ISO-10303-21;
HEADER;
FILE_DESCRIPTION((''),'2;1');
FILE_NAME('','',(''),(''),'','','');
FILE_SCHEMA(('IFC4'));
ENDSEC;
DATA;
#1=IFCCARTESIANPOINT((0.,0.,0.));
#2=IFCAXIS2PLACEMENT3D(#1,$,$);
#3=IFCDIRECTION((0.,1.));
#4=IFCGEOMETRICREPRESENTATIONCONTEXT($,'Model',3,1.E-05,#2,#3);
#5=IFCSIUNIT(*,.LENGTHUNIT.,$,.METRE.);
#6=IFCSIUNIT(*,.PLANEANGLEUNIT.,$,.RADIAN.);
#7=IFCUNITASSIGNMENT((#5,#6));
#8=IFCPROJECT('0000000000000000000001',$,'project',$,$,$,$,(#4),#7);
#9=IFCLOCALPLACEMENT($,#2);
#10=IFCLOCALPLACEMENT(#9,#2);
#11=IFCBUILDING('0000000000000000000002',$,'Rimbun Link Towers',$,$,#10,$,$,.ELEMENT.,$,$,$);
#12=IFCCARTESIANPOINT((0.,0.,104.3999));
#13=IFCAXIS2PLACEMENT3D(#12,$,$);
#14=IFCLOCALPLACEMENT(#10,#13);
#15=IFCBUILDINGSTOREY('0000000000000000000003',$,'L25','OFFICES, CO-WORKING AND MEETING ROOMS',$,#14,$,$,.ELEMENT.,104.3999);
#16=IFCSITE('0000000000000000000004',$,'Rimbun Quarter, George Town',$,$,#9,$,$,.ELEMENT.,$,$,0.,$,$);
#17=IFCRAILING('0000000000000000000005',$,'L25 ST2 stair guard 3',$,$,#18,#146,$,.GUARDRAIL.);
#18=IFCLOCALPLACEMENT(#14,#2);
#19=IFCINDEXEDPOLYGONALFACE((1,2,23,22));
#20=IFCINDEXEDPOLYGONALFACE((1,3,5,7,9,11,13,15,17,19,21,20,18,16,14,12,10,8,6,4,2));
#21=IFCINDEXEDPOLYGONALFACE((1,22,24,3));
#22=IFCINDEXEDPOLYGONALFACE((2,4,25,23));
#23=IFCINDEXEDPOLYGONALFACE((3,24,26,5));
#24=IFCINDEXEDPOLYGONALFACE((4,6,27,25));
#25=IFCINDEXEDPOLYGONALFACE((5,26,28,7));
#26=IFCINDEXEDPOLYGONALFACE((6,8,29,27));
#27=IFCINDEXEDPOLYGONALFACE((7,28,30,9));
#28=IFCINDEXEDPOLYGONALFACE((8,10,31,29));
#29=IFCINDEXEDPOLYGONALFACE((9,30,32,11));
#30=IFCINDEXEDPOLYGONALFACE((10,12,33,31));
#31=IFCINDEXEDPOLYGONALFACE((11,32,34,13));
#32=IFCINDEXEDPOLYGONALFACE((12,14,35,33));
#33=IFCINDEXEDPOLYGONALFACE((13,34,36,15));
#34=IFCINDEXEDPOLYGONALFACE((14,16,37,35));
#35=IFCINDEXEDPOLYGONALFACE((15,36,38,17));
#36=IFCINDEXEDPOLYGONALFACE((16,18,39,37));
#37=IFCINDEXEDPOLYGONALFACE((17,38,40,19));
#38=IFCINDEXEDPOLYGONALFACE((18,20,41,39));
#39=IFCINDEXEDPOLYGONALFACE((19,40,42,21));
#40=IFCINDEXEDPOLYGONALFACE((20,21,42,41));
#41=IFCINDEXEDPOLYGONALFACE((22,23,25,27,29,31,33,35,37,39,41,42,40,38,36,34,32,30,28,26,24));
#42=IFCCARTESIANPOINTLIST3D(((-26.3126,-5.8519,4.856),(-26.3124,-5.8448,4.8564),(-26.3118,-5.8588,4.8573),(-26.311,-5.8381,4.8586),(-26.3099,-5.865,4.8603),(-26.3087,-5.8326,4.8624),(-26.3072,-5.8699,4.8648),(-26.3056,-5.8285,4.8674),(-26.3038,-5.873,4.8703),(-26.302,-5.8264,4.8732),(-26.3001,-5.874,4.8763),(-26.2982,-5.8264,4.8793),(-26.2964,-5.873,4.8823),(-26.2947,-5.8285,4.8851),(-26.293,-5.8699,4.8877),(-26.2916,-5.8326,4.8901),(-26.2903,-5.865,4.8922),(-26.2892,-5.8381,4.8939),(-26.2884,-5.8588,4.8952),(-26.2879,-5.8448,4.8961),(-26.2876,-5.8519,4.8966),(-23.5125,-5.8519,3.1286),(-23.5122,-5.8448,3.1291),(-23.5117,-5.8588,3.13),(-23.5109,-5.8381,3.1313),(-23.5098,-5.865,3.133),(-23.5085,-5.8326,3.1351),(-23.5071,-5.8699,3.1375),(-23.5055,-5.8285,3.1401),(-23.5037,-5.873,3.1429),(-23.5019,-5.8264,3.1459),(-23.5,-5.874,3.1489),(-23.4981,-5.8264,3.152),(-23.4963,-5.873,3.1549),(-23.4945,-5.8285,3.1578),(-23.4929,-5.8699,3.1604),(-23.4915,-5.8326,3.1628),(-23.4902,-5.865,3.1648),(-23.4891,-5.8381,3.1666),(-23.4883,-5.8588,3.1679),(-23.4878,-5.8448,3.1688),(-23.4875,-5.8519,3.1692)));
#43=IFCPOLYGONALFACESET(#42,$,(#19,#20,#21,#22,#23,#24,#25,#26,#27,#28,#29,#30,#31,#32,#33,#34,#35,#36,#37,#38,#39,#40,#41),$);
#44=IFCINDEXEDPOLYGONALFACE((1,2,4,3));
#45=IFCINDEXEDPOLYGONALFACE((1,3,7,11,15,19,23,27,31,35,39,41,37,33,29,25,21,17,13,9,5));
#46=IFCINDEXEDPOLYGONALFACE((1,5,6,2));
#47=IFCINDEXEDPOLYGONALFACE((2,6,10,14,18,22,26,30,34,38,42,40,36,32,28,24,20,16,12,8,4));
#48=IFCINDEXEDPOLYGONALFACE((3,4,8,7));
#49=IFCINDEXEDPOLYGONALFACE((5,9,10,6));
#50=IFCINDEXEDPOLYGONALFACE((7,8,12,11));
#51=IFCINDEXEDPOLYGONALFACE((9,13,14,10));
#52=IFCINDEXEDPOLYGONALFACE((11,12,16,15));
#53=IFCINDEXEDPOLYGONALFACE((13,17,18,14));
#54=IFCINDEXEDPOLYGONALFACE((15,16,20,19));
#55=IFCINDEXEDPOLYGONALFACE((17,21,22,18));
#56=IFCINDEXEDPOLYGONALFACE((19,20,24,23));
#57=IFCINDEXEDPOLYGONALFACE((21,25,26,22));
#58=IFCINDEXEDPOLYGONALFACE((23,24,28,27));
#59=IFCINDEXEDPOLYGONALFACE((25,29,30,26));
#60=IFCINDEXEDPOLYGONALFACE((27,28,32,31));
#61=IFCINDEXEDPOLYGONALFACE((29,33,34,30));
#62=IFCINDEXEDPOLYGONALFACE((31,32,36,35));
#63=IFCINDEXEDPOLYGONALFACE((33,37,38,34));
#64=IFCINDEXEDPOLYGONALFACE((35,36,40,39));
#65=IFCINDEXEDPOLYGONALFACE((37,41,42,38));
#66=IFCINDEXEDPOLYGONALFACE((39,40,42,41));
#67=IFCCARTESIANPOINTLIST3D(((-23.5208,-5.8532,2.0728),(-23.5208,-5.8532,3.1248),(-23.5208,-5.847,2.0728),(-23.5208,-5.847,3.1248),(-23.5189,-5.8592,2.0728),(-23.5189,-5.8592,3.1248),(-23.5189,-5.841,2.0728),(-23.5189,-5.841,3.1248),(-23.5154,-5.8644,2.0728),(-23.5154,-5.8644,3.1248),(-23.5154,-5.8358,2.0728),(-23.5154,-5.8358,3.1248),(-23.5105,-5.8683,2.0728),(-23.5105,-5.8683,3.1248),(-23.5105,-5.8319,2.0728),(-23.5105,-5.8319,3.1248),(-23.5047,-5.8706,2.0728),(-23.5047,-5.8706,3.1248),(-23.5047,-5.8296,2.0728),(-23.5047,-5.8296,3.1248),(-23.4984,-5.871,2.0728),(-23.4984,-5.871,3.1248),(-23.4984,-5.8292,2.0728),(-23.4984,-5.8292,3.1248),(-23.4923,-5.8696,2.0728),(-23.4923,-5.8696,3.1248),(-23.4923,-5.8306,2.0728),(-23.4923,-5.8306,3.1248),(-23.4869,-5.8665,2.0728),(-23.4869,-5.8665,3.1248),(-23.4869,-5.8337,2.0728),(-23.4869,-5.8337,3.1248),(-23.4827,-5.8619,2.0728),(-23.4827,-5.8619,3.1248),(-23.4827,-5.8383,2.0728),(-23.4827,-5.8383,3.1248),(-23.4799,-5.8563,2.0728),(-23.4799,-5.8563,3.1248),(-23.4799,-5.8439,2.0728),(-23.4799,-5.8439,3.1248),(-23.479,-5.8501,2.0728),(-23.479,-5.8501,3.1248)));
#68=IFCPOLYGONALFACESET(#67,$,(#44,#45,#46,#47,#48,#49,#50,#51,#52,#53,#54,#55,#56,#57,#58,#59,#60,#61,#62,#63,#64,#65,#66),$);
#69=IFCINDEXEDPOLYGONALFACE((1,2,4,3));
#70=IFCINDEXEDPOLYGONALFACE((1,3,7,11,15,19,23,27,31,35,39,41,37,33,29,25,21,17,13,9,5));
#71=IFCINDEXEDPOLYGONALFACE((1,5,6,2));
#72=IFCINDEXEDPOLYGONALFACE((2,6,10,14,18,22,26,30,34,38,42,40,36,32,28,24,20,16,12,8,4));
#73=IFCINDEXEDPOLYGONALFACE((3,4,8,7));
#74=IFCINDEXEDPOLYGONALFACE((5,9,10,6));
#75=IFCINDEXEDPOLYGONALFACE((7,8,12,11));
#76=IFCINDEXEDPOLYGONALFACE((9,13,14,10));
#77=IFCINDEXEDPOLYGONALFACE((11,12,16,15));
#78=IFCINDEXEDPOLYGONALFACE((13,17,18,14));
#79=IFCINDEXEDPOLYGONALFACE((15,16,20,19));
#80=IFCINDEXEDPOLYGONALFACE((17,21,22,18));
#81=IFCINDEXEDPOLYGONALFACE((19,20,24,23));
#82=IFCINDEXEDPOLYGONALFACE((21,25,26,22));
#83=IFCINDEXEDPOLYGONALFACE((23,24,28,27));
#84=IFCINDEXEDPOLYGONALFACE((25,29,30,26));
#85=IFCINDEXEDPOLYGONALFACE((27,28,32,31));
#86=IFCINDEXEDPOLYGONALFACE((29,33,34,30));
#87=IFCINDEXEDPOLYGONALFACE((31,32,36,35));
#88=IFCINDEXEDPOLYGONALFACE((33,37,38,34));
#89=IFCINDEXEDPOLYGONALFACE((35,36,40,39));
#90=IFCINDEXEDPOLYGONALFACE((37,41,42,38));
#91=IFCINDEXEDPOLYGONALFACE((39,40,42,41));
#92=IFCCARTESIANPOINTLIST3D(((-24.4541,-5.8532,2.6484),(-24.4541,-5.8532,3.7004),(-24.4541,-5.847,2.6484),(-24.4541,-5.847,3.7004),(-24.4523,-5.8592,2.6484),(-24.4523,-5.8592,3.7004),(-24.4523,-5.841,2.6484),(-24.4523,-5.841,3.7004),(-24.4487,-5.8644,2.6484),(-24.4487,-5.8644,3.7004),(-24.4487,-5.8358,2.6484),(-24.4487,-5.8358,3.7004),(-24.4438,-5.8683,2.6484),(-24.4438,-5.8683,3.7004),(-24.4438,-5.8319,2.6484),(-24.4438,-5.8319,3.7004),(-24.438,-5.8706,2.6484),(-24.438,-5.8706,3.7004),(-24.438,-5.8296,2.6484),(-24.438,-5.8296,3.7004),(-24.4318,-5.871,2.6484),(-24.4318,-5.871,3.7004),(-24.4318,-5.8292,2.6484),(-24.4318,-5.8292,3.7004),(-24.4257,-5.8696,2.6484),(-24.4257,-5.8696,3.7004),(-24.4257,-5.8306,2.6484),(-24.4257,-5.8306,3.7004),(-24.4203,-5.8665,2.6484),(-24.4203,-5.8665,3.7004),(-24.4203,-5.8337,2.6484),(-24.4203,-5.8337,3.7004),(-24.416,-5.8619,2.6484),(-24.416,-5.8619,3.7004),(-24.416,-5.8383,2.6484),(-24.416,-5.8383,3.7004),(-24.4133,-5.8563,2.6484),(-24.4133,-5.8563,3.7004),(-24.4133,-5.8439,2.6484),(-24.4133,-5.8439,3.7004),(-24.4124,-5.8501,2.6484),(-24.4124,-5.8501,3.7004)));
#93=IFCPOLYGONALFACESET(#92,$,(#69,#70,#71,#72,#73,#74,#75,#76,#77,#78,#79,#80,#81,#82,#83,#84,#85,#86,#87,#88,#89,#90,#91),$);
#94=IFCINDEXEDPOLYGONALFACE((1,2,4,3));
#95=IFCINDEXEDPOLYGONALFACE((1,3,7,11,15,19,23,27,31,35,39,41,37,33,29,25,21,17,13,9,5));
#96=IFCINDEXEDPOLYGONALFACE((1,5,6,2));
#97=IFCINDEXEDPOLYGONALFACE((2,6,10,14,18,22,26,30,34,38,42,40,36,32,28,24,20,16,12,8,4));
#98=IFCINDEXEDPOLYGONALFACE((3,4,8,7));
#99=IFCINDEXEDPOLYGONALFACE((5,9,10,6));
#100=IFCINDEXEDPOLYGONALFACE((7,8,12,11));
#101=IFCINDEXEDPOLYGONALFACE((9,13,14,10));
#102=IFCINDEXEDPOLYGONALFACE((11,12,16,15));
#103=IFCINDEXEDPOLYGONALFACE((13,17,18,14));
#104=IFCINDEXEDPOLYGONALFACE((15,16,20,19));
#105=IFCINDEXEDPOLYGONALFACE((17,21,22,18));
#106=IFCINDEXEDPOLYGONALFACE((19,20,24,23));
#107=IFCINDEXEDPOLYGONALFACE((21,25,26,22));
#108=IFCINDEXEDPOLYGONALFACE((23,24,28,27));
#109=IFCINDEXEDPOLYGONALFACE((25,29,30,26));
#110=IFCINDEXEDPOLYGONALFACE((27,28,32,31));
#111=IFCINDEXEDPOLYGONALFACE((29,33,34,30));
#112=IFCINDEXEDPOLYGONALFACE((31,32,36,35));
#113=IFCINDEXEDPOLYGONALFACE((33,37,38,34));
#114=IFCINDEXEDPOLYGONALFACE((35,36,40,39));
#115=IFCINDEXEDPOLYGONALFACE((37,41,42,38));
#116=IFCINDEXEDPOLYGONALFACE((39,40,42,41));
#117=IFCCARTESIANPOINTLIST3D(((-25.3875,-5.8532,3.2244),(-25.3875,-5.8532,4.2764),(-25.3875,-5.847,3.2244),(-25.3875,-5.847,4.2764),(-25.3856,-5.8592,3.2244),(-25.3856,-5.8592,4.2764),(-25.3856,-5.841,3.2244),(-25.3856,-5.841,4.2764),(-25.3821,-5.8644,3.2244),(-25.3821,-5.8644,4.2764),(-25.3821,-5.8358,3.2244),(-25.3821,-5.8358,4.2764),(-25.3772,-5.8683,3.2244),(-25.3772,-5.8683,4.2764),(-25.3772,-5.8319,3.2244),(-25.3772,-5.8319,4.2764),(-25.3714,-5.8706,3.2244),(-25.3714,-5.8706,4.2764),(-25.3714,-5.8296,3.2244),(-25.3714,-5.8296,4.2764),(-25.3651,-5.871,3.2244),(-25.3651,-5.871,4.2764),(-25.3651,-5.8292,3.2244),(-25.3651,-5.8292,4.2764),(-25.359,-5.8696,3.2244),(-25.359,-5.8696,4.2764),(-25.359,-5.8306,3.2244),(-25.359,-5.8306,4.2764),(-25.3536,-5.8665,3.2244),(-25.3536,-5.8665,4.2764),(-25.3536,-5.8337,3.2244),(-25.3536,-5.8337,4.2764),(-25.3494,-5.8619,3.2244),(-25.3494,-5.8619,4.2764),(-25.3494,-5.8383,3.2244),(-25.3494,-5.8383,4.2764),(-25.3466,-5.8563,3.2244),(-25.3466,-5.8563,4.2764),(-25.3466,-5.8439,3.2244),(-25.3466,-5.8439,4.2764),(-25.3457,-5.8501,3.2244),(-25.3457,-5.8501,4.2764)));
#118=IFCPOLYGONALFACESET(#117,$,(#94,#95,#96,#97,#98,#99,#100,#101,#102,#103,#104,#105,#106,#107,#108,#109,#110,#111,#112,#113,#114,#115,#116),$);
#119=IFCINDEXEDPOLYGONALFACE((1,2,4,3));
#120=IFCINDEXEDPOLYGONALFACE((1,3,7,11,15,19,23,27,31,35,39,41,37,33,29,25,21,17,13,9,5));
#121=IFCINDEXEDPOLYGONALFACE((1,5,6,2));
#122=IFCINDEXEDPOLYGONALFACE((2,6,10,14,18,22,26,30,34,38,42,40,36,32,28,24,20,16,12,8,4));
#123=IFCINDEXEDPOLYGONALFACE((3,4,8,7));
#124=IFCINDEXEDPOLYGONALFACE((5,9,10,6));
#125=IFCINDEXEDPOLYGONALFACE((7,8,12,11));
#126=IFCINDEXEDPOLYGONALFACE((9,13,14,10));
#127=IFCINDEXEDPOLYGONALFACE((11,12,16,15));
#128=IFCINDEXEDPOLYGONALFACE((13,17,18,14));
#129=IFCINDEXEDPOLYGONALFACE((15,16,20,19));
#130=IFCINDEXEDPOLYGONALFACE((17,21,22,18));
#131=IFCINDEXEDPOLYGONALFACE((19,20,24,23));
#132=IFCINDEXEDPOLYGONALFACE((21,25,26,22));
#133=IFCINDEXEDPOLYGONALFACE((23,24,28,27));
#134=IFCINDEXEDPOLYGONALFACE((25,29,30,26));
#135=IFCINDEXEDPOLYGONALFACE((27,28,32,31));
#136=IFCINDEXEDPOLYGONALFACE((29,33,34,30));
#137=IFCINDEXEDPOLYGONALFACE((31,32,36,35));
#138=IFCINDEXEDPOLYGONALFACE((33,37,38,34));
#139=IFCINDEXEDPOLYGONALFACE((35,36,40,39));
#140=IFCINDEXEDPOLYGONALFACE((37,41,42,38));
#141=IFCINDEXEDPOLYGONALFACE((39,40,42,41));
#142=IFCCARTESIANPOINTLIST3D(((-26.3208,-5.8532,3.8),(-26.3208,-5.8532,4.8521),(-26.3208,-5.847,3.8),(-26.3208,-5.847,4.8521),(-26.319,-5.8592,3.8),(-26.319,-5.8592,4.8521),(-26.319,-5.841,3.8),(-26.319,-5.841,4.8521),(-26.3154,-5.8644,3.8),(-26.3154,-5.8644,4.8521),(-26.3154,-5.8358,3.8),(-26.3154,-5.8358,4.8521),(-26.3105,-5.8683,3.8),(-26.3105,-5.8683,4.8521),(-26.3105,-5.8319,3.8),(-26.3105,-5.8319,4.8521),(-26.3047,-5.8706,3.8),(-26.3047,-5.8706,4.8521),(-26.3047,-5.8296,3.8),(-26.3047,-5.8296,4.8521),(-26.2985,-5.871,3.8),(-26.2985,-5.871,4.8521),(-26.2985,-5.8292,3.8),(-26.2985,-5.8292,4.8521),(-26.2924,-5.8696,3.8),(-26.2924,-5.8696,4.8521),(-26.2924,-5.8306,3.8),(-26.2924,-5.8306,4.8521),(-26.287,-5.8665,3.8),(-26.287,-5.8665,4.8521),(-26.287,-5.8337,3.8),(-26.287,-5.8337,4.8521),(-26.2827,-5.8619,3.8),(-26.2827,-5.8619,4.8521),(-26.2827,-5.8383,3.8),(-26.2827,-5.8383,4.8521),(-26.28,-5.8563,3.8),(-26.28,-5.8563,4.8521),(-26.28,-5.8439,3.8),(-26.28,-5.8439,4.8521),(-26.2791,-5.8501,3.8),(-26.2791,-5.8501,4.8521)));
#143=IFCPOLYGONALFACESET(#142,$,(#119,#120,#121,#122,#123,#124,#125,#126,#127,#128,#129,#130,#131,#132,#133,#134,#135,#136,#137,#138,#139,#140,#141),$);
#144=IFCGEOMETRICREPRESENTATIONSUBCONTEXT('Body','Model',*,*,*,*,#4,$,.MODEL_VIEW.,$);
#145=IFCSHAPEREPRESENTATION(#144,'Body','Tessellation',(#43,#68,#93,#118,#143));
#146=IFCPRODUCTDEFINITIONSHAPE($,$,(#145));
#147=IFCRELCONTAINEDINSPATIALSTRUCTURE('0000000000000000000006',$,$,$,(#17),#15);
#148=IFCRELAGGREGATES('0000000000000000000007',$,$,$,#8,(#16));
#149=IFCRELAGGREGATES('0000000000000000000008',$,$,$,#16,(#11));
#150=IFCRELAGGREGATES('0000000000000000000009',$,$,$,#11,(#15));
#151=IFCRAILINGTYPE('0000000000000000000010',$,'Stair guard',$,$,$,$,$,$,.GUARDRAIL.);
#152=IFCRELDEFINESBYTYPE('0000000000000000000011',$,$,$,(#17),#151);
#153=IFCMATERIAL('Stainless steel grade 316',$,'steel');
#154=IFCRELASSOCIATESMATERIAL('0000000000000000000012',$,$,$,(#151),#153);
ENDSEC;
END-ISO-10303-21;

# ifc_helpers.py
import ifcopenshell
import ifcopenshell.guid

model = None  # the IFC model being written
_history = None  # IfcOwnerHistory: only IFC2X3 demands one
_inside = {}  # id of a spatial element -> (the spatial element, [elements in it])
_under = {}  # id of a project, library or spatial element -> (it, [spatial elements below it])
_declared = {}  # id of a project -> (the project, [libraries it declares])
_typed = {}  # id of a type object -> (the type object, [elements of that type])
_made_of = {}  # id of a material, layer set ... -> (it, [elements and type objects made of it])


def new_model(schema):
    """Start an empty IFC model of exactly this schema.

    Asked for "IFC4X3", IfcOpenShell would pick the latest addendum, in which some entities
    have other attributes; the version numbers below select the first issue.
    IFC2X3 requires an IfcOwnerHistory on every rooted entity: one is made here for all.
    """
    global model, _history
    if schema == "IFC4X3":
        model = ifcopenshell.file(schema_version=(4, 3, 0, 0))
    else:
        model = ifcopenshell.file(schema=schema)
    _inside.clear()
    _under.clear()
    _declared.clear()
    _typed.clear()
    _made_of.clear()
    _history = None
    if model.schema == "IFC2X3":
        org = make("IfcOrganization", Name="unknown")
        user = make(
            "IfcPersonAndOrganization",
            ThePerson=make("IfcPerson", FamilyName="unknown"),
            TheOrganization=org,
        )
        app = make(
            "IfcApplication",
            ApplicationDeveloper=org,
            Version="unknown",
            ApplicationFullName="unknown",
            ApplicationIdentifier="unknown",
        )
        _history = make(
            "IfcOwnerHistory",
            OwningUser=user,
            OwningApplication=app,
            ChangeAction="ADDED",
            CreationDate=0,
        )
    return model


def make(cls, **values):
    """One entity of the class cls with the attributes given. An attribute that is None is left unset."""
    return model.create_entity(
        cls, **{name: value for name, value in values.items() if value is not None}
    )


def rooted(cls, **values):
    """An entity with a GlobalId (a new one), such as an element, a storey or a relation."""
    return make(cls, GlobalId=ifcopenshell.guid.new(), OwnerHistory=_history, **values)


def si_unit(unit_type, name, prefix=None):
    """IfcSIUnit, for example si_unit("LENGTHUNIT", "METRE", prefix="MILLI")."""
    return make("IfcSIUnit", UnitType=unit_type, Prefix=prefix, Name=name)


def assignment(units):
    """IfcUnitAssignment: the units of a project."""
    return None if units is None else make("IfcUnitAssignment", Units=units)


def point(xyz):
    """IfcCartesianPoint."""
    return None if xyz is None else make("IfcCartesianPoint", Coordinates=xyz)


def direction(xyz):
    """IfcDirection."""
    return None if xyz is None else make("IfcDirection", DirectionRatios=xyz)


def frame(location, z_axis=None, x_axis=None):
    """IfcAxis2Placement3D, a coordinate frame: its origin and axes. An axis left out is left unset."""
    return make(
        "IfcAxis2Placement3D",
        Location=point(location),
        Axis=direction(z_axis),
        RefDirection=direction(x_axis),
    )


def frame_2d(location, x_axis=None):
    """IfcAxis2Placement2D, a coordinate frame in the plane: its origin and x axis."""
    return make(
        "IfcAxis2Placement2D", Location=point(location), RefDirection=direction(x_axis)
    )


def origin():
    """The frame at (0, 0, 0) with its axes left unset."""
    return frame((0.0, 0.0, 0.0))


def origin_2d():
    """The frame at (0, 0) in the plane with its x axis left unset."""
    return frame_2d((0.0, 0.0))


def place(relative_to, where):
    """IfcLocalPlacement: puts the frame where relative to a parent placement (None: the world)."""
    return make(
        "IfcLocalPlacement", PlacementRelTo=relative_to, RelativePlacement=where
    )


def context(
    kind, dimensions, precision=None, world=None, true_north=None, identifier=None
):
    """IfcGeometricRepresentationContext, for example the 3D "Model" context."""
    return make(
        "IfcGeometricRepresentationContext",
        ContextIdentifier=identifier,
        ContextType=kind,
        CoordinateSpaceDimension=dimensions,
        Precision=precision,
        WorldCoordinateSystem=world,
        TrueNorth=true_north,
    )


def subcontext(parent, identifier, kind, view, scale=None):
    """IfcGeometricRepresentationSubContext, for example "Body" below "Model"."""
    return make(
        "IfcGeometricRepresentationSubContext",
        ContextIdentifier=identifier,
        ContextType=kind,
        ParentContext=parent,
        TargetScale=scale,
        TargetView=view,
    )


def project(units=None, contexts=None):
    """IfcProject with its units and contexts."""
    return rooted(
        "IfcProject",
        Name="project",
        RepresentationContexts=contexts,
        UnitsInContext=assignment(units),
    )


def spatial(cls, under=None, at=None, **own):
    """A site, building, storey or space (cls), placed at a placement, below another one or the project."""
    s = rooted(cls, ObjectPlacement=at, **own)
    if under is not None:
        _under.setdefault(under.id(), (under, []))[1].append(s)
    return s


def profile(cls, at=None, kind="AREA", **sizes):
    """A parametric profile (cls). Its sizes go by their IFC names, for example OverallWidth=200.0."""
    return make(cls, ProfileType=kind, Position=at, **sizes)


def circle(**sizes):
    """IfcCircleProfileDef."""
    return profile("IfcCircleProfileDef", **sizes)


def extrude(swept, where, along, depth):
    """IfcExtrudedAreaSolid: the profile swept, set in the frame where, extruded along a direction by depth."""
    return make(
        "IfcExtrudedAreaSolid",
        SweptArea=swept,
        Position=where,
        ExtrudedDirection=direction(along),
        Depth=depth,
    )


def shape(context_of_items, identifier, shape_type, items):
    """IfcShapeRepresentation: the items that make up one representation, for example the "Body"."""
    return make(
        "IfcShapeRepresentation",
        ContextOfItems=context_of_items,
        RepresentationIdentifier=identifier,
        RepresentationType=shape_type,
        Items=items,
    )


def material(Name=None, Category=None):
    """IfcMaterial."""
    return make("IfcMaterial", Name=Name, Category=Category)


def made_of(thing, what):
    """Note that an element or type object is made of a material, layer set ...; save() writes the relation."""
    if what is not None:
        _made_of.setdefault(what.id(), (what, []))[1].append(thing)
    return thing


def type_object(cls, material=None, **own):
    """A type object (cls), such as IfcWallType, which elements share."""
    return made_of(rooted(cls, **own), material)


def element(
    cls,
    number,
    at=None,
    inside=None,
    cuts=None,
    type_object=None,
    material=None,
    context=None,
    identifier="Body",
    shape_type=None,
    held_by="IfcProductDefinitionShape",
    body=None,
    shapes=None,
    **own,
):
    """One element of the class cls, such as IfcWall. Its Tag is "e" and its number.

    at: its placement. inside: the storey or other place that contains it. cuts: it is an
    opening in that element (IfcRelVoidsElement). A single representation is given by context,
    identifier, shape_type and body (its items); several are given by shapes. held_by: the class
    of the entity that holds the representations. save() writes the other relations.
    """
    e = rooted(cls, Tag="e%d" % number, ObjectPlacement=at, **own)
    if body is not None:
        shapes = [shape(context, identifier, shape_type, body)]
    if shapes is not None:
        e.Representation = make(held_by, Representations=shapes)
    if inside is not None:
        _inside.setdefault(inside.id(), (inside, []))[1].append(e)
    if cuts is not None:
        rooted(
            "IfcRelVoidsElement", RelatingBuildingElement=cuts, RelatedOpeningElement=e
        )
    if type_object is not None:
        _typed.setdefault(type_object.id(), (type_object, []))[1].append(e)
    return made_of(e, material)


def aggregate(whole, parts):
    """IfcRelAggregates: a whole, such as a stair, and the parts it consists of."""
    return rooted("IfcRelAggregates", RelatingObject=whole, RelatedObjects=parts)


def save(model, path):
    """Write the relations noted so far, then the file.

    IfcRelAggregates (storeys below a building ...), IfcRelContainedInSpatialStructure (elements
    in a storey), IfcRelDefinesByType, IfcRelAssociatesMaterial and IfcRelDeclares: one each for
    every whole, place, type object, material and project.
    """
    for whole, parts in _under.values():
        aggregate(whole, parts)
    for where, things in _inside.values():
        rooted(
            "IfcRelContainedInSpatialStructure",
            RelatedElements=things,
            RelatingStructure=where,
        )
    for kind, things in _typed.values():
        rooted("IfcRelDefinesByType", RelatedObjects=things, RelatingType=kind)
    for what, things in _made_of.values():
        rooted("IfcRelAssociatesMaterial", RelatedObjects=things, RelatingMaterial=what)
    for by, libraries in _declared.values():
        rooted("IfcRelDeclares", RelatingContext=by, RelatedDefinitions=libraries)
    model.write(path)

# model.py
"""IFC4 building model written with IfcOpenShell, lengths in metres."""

from ifc_helpers import new_model, si_unit, direction, frame, origin, origin_2d, place, context, subcontext, project, spatial, circle, extrude, material, type_object, element, save


model = new_model("IFC4")

# Units and contexts
model_context = context("Model", 3, precision=1e-05, world=origin(), true_north=direction((0.0, 1.0)))
body_context = subcontext(model_context, "Body", "Model", "MODEL_VIEW")
ifc_project = project(units=[si_unit("LENGTHUNIT", "METRE"), si_unit("PLANEANGLEUNIT", "RADIAN")], contexts=[model_context])

# Site, building, storey
site_placement = place(None, origin())
site = spatial("IfcSite", under=ifc_project, at=site_placement, Name="Rimbun Quarter, George Town", CompositionType="ELEMENT", RefElevation=0.0)
building_placement = place(site_placement, origin())
building = spatial("IfcBuilding", under=site, at=building_placement, Name="Rimbun Link Towers", CompositionType="ELEMENT")
storey_placement = place(building_placement, frame((0.0, 0.0, 104.3999)))
storey = spatial("IfcBuildingStorey", under=building, at=storey_placement, Name="L25", Description="OFFICES, CO-WORKING AND MEETING ROOMS", CompositionType="ELEMENT", Elevation=104.3999)

# Railing
ifc_material_1 = material(Name="Stainless steel grade 316", Category="steel")
railing_type_1 = type_object("IfcRailingType", Name="Stair guard", PredefinedType="GUARDRAIL", material=ifc_material_1)
railing_1_placement = place(storey_placement, frame((-23.5, -5.8501, 2.0728)))
element("IfcRailing", 1, at=railing_1_placement, inside=storey, type_object=railing_type_1, Name="L25 ST2 stair guard 3", PredefinedType="GUARDRAIL", context=body_context, shape_type="SweptSolid", body=[
    extrude(circle(Radius=0.0239, at=origin_2d()), frame((0.0, 0.0, 1.0762), z_axis=(-0.85109, 0.0, 0.52502), x_axis=(0.0, -1.0, 0.0)), (0.0, 0.0, 1.0), 3.29),
    extrude(circle(Radius=0.021, at=origin_2d()), origin(), (0.0, 0.0, 1.0), 1.052),
    extrude(circle(Radius=0.021, at=origin_2d()), frame((-0.9333, 0.0, 0.5757)), (0.0, 0.0, 1.0), 1.052),
    extrude(circle(Radius=0.021, at=origin_2d()), frame((-1.8667, 0.0, 1.1516)), (0.0, 0.0, 1.0), 1.052),
    extrude(circle(Radius=0.021, at=origin_2d()), frame((-2.8, 0.0, 1.7273)), (0.0, 0.0, 1.0), 1.052),
])

save(model, "model.ifc")
